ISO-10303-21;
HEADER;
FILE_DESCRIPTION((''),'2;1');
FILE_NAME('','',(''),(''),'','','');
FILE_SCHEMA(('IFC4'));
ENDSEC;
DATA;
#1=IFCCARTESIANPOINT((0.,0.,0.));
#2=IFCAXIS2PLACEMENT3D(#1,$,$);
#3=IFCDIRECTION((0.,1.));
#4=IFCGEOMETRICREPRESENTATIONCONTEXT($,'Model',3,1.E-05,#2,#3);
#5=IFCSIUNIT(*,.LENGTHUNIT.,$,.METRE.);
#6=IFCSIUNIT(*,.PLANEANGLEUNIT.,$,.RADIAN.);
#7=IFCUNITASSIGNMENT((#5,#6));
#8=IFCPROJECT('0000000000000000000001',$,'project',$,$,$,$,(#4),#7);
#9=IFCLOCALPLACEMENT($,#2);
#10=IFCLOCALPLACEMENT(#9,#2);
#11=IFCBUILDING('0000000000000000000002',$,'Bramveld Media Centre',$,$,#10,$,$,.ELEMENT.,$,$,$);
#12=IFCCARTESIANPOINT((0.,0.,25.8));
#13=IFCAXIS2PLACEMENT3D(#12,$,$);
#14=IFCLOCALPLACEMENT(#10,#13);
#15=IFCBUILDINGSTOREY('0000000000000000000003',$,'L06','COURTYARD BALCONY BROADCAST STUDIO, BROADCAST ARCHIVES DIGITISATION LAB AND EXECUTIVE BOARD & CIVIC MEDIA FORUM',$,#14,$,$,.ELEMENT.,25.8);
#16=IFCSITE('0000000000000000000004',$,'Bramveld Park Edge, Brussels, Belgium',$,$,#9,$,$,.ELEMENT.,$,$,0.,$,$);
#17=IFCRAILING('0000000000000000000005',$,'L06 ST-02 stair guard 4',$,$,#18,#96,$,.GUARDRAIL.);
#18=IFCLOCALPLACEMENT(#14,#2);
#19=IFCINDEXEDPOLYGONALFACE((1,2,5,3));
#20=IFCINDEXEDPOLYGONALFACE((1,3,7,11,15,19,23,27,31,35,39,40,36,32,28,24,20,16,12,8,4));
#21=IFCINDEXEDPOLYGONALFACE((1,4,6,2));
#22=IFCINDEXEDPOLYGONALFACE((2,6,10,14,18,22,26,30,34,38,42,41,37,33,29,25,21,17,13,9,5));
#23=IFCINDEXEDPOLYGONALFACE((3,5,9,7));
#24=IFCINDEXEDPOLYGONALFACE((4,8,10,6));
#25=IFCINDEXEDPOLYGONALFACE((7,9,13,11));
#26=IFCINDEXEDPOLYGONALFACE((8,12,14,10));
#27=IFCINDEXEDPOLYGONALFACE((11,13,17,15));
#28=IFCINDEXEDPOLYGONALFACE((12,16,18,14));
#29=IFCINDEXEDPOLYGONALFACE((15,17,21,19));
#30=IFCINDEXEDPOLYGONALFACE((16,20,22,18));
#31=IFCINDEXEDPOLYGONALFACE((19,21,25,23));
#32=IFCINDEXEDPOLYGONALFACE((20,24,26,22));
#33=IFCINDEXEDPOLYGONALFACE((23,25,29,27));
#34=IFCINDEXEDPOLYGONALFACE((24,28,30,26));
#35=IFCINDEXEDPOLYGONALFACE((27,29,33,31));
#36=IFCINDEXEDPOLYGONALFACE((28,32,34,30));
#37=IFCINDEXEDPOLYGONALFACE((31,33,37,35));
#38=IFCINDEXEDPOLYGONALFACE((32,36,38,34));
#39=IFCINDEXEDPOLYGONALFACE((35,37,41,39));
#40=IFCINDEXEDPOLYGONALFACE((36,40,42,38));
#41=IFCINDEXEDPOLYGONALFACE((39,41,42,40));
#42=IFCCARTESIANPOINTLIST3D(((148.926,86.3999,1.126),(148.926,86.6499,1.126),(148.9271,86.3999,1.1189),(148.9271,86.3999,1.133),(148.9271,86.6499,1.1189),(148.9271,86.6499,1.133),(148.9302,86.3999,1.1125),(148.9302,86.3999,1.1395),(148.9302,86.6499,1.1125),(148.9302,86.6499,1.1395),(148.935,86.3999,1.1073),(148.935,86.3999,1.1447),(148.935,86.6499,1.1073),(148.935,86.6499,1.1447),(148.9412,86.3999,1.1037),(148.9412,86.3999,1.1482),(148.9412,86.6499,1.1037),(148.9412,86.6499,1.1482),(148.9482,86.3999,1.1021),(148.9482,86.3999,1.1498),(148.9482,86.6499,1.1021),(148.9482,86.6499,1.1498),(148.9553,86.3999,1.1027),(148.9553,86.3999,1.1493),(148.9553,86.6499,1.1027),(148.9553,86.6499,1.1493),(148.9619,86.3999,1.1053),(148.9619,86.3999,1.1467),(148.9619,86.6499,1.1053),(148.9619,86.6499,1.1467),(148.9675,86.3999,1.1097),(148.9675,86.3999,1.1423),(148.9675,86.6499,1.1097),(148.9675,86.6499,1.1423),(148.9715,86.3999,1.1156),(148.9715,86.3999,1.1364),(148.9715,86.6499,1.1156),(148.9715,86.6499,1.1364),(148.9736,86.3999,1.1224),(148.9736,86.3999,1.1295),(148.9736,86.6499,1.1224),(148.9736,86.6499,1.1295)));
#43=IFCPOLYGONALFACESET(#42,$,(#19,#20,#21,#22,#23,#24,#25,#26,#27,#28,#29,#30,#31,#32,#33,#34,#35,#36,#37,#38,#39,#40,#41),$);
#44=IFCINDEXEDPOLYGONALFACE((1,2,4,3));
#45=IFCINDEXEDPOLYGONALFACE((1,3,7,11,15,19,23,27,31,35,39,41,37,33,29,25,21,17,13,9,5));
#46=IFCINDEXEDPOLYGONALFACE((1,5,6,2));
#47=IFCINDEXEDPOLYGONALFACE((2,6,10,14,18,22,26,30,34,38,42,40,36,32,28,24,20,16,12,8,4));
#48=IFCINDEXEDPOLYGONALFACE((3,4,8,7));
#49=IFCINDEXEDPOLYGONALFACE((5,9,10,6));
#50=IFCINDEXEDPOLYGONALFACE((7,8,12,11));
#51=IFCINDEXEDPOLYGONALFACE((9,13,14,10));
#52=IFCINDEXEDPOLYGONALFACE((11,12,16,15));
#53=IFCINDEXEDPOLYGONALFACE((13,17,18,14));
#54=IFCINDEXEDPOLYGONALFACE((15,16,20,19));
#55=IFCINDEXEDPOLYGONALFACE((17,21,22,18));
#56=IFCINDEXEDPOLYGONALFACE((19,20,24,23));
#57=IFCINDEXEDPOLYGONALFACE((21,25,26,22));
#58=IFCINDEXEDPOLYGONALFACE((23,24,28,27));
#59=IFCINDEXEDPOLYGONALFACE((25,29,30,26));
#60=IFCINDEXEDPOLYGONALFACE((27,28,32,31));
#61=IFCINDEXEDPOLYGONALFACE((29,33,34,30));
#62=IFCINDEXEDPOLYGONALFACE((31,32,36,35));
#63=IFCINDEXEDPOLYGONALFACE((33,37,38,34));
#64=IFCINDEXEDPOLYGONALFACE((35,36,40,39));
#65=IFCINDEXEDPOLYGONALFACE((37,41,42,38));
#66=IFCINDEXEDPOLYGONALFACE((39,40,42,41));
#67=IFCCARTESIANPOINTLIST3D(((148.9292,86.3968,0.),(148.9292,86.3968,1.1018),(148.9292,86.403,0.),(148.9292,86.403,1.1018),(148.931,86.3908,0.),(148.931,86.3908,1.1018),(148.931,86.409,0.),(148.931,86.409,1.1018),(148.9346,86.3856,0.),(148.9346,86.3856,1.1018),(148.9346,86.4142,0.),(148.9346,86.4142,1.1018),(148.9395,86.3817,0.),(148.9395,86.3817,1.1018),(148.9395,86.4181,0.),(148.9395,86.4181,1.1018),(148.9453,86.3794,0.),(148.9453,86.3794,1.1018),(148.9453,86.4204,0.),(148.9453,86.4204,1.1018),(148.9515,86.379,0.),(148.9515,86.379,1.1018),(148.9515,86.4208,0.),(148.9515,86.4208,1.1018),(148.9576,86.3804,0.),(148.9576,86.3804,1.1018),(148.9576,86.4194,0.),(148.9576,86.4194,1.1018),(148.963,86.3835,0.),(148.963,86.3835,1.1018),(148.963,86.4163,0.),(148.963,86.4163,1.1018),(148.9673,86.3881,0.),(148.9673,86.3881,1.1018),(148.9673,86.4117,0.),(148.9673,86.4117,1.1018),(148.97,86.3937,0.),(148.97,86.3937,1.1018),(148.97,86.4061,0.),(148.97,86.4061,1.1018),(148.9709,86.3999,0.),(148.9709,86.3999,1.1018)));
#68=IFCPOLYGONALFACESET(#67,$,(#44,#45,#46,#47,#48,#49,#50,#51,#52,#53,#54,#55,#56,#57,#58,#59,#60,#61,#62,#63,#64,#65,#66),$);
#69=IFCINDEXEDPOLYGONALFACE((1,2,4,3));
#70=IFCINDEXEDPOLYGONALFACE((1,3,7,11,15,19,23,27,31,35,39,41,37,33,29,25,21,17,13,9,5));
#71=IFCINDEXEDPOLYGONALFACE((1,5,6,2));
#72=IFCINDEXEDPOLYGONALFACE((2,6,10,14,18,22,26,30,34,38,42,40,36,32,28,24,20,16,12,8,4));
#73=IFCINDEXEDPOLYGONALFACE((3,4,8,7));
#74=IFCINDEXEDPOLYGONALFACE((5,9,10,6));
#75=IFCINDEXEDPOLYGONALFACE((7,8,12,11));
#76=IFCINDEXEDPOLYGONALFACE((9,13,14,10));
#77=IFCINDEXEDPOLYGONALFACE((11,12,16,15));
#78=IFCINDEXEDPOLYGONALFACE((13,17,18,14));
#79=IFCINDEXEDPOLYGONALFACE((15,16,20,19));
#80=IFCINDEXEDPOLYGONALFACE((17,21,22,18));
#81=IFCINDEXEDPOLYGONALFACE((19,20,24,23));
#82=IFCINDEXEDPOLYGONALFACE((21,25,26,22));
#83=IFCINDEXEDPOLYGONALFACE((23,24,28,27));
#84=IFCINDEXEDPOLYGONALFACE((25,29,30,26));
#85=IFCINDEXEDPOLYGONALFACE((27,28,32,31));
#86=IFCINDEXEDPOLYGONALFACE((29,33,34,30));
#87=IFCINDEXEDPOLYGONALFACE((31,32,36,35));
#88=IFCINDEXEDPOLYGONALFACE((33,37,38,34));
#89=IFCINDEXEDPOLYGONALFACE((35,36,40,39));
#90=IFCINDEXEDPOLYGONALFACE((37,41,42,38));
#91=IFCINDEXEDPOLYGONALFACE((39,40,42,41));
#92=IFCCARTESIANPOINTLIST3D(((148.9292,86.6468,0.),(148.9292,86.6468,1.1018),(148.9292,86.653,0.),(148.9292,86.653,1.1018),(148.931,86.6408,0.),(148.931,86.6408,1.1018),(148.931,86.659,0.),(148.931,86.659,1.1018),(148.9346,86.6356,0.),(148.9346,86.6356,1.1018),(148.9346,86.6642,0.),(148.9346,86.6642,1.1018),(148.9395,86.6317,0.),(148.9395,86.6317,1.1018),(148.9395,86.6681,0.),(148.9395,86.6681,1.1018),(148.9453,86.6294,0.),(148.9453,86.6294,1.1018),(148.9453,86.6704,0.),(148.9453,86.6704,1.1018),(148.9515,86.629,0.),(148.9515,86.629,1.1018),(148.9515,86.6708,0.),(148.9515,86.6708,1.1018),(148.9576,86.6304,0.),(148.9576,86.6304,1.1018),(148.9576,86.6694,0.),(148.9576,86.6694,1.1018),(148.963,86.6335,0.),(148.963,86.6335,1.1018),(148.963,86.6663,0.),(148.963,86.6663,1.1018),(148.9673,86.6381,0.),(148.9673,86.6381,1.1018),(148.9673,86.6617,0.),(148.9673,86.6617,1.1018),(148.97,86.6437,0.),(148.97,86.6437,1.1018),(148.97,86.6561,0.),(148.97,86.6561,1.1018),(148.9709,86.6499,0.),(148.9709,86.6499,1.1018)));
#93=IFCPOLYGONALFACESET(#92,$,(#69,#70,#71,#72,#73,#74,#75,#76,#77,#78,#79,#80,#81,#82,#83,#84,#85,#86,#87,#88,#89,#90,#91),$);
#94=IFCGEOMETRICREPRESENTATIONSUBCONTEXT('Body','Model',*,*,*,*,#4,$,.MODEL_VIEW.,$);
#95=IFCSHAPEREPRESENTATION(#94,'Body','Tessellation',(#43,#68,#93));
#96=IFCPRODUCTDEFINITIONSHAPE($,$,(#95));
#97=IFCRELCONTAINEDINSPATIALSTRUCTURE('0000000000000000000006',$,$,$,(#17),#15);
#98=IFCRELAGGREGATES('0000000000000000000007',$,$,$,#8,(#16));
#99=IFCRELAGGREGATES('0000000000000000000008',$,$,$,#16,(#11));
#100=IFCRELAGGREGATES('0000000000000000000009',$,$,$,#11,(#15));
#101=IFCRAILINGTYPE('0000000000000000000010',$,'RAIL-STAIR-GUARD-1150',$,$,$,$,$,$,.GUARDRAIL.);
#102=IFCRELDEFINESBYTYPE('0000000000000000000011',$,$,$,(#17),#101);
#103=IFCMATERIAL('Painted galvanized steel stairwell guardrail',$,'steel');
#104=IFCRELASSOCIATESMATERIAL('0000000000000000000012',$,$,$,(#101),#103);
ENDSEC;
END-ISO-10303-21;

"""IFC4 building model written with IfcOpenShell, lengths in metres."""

from ifc_helpers import new_model, si_unit, direction, frame, origin, origin_2d, place, context, subcontext, project, spatial, circle, extrude, material, type_object, element, save


model = new_model("IFC4")

# Units and contexts
model_context = context("Model", 3, precision=1e-05, world=origin(), true_north=direction((0.0, 1.0)))
body_context = subcontext(model_context, "Body", "Model", "MODEL_VIEW")
ifc_project = project(units=[si_unit("LENGTHUNIT", "METRE"), si_unit("PLANEANGLEUNIT", "RADIAN")], contexts=[model_context])

# Site, building, storey
site_placement = place(None, origin())
site = spatial("IfcSite", under=ifc_project, at=site_placement, Name="Bramveld Park Edge, Brussels, Belgium", CompositionType="ELEMENT", RefElevation=0.0)
building_placement = place(site_placement, origin())
building = spatial("IfcBuilding", under=site, at=building_placement, Name="Bramveld Media Centre", CompositionType="ELEMENT")
storey_placement = place(building_placement, frame((0.0, 0.0, 25.8)))
storey = spatial("IfcBuildingStorey", under=building, at=storey_placement, Name="L06", Description="COURTYARD BALCONY BROADCAST STUDIO, BROADCAST ARCHIVES DIGITISATION LAB AND EXECUTIVE BOARD & CIVIC MEDIA FORUM", CompositionType="ELEMENT", Elevation=25.8)

# Railing
ifc_material_1 = material(Name="Painted galvanized steel stairwell guardrail", Category="steel")
railing_type_1 = type_object("IfcRailingType", Name="RAIL-STAIR-GUARD-1150", PredefinedType="GUARDRAIL", material=ifc_material_1)
railing_1_placement = place(storey_placement, frame((148.95, 86.3999, 0.0)))
element("IfcRailing", 1, at=railing_1_placement, inside=storey, type_object=railing_type_1, Name="L06 ST-02 stair guard 4", PredefinedType="GUARDRAIL", context=body_context, shape_type="SweptSolid", body=[
    extrude(circle(Radius=0.0239, at=origin_2d()), frame((0.0, 0.0, 1.126), z_axis=(0.0, 1.0, 0.0), x_axis=(-1.0, 0.0, 0.0)), (0.0, 0.0, 1.0), 0.25),
    extrude(circle(Radius=0.021, at=origin_2d()), origin(), (0.0, 0.0, 1.0), 1.1018),
    extrude(circle(Radius=0.021, at=origin_2d()), frame((0.0, 0.25, 0.0)), (0.0, 0.0, 1.0), 1.1018),
])

save(model, "model.ifc")
